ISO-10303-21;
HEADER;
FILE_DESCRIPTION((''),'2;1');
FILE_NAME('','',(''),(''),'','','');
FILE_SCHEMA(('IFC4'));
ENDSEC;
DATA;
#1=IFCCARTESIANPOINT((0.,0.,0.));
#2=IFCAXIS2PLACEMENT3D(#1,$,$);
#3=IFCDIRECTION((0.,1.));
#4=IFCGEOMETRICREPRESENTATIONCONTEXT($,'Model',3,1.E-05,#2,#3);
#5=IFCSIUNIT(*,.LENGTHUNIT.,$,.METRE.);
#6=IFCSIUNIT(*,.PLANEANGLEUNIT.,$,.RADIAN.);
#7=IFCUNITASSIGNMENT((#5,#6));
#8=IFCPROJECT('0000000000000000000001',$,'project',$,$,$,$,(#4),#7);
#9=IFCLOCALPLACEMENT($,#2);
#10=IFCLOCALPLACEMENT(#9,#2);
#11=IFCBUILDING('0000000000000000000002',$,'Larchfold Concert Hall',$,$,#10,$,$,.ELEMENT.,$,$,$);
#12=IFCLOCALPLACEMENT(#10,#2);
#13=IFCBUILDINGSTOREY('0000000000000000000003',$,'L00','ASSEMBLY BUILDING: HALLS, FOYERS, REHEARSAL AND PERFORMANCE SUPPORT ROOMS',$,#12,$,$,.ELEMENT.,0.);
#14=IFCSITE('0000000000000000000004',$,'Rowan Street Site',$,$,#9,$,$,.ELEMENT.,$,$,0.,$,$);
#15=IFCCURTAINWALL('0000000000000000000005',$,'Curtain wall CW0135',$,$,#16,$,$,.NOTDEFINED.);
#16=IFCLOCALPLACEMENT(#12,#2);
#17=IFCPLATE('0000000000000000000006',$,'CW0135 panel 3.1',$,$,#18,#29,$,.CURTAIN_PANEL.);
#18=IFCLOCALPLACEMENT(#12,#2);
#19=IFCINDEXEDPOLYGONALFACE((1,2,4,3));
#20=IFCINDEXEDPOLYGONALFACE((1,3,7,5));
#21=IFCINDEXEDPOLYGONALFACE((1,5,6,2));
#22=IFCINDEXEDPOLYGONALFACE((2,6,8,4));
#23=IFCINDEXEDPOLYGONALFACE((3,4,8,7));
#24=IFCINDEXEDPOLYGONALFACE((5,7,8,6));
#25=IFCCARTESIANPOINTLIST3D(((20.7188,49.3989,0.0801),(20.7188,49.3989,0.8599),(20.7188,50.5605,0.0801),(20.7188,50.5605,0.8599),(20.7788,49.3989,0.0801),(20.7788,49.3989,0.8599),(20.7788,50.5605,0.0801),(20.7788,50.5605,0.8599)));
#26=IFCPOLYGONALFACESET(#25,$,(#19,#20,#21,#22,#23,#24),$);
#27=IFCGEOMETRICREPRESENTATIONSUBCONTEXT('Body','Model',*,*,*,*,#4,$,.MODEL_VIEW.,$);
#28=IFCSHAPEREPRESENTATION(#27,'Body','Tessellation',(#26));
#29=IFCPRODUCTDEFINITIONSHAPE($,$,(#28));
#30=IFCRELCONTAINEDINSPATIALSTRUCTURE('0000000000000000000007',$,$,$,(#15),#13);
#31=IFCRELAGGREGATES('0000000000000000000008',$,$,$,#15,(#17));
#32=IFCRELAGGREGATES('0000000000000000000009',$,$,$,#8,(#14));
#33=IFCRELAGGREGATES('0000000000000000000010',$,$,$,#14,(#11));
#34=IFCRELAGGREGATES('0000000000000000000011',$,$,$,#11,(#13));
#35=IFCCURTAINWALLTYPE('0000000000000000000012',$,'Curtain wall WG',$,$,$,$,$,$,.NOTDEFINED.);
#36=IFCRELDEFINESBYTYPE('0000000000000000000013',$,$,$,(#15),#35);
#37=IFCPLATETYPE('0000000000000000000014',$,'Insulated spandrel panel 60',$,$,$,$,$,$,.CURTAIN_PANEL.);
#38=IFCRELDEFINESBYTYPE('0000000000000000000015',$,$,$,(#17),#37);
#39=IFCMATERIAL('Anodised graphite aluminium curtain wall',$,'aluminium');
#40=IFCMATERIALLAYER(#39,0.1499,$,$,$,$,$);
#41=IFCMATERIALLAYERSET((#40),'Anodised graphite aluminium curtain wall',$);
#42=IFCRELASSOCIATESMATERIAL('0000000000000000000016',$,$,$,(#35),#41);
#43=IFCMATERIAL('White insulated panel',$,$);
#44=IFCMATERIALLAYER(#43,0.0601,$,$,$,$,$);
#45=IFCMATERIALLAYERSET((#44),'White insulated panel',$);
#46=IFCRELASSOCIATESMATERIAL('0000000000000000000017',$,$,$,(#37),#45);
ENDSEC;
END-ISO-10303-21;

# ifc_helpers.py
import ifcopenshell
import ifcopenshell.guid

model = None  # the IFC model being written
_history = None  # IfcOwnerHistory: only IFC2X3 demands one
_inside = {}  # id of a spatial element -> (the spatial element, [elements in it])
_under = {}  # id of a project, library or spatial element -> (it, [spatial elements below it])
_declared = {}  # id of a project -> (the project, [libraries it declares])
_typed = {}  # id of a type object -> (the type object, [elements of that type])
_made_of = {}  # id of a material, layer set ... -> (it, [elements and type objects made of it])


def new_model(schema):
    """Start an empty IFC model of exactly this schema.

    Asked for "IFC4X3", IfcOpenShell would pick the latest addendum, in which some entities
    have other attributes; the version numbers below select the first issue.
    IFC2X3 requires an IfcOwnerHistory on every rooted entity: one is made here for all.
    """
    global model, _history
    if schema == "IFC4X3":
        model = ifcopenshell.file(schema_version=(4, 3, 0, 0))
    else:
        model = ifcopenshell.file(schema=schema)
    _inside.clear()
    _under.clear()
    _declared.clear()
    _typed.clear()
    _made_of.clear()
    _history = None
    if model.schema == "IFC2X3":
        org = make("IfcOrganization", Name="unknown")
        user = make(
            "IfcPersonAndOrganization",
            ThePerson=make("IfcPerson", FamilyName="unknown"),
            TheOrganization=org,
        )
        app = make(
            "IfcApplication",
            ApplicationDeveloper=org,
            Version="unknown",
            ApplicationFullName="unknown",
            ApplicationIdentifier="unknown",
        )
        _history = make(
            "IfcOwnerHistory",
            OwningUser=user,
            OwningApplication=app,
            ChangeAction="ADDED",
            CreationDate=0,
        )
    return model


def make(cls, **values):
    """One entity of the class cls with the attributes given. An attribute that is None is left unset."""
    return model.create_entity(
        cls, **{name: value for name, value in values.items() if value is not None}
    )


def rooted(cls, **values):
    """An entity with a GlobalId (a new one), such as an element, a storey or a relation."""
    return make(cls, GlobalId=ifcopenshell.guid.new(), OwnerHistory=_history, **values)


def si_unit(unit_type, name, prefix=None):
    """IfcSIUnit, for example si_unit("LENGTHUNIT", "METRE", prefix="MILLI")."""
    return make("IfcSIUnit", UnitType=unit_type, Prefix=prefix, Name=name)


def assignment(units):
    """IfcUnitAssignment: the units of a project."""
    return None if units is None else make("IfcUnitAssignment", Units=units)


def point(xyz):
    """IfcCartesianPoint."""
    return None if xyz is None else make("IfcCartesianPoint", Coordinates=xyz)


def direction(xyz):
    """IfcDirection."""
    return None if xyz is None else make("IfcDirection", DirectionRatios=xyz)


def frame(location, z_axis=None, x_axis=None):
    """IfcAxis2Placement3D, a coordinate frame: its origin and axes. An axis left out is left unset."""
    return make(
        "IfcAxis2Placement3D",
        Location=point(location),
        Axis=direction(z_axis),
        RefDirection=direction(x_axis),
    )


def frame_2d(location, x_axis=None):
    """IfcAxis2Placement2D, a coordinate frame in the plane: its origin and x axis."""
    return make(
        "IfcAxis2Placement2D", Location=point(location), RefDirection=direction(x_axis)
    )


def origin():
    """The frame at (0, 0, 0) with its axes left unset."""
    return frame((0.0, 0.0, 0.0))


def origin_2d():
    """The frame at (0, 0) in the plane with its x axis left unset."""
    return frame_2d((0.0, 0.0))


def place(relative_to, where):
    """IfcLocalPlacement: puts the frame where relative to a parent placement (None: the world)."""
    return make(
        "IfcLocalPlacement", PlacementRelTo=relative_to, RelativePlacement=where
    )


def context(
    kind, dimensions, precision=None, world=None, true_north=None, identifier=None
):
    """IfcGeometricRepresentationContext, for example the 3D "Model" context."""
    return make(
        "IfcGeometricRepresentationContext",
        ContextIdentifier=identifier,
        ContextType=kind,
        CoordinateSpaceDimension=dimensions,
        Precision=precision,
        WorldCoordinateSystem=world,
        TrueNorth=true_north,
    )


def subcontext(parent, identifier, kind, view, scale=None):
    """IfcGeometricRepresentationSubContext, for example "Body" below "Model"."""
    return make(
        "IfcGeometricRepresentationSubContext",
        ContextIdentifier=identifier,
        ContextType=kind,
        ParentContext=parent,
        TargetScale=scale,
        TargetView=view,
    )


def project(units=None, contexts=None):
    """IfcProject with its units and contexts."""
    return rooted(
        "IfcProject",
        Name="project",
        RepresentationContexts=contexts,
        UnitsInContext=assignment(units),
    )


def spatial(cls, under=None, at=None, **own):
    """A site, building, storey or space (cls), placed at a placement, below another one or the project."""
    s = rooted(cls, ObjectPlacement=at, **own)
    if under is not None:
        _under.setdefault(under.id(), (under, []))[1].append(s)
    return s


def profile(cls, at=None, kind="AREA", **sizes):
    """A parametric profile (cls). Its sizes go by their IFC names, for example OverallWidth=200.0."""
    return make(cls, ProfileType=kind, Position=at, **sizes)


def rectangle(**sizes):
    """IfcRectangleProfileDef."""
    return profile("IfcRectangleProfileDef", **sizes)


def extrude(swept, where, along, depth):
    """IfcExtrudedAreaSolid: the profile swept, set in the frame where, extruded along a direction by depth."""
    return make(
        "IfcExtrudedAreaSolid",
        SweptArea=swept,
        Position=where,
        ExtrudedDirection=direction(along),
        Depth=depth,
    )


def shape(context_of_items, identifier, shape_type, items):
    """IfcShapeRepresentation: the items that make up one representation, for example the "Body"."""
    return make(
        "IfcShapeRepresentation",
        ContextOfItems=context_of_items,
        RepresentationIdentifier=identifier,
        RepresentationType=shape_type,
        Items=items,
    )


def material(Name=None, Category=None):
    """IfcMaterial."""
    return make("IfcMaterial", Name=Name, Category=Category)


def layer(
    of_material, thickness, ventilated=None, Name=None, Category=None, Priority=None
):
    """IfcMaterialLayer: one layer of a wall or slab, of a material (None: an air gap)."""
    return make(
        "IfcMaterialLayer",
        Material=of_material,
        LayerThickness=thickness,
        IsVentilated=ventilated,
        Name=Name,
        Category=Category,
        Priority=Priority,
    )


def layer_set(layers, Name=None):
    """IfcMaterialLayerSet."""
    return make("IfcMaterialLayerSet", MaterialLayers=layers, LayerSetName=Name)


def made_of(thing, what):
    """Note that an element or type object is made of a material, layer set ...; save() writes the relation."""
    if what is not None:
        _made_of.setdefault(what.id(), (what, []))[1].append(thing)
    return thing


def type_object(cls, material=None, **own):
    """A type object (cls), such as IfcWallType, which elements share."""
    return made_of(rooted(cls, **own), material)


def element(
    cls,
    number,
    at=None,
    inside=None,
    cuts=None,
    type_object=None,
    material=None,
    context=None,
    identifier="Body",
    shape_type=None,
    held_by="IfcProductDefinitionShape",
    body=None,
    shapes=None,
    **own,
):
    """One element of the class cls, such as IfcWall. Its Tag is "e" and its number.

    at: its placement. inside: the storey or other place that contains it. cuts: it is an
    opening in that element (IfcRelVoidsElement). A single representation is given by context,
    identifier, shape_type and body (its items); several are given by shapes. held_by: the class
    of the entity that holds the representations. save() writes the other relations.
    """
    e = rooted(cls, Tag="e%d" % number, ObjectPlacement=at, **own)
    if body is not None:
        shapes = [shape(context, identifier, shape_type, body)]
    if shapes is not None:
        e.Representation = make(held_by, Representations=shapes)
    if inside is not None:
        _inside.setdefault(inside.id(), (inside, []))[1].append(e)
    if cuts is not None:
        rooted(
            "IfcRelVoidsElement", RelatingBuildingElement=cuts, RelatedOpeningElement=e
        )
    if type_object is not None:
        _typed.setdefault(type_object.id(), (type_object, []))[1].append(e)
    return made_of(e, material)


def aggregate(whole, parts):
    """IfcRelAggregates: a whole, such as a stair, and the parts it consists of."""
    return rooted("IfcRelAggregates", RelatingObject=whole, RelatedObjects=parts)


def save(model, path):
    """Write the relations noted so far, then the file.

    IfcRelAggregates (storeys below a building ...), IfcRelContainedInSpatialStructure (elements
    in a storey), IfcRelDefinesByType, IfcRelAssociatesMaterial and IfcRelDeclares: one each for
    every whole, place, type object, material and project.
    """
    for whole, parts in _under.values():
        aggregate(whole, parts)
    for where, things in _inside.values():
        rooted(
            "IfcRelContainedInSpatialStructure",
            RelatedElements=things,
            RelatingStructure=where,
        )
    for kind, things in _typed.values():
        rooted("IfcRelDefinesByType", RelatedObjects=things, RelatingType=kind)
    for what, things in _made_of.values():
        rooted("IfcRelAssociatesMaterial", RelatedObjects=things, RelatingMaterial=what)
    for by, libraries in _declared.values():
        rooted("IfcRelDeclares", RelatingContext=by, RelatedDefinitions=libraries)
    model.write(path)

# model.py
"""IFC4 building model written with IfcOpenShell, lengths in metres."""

from ifc_helpers import new_model, si_unit, direction, frame, origin, origin_2d, place, context, subcontext, project, spatial, rectangle, extrude, material, layer, layer_set, type_object, element, aggregate, save


model = new_model("IFC4")

# Units and contexts
model_context = context("Model", 3, precision=1e-05, world=origin(), true_north=direction((0.0, 1.0)))
body_context = subcontext(model_context, "Body", "Model", "MODEL_VIEW")
ifc_project = project(units=[si_unit("LENGTHUNIT", "METRE"), si_unit("PLANEANGLEUNIT", "RADIAN")], contexts=[model_context])

# Site, building, storey
site_placement = place(None, origin())
site = spatial("IfcSite", under=ifc_project, at=site_placement, Name="Rowan Street Site", CompositionType="ELEMENT", RefElevation=0.0)
building_placement = place(site_placement, origin())
building = spatial("IfcBuilding", under=site, at=building_placement, Name="Larchfold Concert Hall", CompositionType="ELEMENT")
storey_placement = place(building_placement, origin())
storey = spatial("IfcBuildingStorey", under=building, at=storey_placement, Name="L00", Description="ASSEMBLY BUILDING: HALLS, FOYERS, REHEARSAL AND PERFORMANCE SUPPORT ROOMS", CompositionType="ELEMENT", Elevation=0.0)

# Shared definitions
ifc_material_1 = material(Name="Anodised graphite aluminium curtain wall", Category="aluminium")
ifc_layer_1 = layer(ifc_material_1, 0.1499)
ifc_layer_set_1 = layer_set([ifc_layer_1], Name="Anodised graphite aluminium curtain wall")
curtain_wall_type = type_object("IfcCurtainWallType", Name="Curtain wall WG", PredefinedType="NOTDEFINED", material=ifc_layer_set_1)

# Curtain wall
curtain_wall_1_placement = place(storey_placement, origin())
curtain_wall_1 = element("IfcCurtainWall", 1, at=curtain_wall_1_placement, inside=storey, type_object=curtain_wall_type, Name="Curtain wall CW0135", PredefinedType="NOTDEFINED")

# Plate
ifc_material_2 = material(Name="White insulated panel")
ifc_layer_2 = layer(ifc_material_2, 0.0601)
ifc_layer_set_2 = layer_set([ifc_layer_2], Name="White insulated panel")
plate_type_1 = type_object("IfcPlateType", Name="Insulated spandrel panel 60", PredefinedType="CURTAIN_PANEL", material=ifc_layer_set_2)
plate_1_placement = place(storey_placement, frame((20.7488, 49.9797, 0.0801), z_axis=(0.0, 0.0, 1.0), x_axis=(0.0, 1.0, 0.0)))
plate_1 = element("IfcPlate", 2, at=plate_1_placement, type_object=plate_type_1, Name="CW0135 panel 3.1", PredefinedType="CURTAIN_PANEL", context=body_context, shape_type="SweptSolid", body=[
    extrude(rectangle(XDim=1.1616, YDim=0.0601, at=origin_2d()), origin(), (0.0, 0.0, 1.0), 0.7798),
])
aggregate(curtain_wall_1, [plate_1])

save(model, "model.ifc")
